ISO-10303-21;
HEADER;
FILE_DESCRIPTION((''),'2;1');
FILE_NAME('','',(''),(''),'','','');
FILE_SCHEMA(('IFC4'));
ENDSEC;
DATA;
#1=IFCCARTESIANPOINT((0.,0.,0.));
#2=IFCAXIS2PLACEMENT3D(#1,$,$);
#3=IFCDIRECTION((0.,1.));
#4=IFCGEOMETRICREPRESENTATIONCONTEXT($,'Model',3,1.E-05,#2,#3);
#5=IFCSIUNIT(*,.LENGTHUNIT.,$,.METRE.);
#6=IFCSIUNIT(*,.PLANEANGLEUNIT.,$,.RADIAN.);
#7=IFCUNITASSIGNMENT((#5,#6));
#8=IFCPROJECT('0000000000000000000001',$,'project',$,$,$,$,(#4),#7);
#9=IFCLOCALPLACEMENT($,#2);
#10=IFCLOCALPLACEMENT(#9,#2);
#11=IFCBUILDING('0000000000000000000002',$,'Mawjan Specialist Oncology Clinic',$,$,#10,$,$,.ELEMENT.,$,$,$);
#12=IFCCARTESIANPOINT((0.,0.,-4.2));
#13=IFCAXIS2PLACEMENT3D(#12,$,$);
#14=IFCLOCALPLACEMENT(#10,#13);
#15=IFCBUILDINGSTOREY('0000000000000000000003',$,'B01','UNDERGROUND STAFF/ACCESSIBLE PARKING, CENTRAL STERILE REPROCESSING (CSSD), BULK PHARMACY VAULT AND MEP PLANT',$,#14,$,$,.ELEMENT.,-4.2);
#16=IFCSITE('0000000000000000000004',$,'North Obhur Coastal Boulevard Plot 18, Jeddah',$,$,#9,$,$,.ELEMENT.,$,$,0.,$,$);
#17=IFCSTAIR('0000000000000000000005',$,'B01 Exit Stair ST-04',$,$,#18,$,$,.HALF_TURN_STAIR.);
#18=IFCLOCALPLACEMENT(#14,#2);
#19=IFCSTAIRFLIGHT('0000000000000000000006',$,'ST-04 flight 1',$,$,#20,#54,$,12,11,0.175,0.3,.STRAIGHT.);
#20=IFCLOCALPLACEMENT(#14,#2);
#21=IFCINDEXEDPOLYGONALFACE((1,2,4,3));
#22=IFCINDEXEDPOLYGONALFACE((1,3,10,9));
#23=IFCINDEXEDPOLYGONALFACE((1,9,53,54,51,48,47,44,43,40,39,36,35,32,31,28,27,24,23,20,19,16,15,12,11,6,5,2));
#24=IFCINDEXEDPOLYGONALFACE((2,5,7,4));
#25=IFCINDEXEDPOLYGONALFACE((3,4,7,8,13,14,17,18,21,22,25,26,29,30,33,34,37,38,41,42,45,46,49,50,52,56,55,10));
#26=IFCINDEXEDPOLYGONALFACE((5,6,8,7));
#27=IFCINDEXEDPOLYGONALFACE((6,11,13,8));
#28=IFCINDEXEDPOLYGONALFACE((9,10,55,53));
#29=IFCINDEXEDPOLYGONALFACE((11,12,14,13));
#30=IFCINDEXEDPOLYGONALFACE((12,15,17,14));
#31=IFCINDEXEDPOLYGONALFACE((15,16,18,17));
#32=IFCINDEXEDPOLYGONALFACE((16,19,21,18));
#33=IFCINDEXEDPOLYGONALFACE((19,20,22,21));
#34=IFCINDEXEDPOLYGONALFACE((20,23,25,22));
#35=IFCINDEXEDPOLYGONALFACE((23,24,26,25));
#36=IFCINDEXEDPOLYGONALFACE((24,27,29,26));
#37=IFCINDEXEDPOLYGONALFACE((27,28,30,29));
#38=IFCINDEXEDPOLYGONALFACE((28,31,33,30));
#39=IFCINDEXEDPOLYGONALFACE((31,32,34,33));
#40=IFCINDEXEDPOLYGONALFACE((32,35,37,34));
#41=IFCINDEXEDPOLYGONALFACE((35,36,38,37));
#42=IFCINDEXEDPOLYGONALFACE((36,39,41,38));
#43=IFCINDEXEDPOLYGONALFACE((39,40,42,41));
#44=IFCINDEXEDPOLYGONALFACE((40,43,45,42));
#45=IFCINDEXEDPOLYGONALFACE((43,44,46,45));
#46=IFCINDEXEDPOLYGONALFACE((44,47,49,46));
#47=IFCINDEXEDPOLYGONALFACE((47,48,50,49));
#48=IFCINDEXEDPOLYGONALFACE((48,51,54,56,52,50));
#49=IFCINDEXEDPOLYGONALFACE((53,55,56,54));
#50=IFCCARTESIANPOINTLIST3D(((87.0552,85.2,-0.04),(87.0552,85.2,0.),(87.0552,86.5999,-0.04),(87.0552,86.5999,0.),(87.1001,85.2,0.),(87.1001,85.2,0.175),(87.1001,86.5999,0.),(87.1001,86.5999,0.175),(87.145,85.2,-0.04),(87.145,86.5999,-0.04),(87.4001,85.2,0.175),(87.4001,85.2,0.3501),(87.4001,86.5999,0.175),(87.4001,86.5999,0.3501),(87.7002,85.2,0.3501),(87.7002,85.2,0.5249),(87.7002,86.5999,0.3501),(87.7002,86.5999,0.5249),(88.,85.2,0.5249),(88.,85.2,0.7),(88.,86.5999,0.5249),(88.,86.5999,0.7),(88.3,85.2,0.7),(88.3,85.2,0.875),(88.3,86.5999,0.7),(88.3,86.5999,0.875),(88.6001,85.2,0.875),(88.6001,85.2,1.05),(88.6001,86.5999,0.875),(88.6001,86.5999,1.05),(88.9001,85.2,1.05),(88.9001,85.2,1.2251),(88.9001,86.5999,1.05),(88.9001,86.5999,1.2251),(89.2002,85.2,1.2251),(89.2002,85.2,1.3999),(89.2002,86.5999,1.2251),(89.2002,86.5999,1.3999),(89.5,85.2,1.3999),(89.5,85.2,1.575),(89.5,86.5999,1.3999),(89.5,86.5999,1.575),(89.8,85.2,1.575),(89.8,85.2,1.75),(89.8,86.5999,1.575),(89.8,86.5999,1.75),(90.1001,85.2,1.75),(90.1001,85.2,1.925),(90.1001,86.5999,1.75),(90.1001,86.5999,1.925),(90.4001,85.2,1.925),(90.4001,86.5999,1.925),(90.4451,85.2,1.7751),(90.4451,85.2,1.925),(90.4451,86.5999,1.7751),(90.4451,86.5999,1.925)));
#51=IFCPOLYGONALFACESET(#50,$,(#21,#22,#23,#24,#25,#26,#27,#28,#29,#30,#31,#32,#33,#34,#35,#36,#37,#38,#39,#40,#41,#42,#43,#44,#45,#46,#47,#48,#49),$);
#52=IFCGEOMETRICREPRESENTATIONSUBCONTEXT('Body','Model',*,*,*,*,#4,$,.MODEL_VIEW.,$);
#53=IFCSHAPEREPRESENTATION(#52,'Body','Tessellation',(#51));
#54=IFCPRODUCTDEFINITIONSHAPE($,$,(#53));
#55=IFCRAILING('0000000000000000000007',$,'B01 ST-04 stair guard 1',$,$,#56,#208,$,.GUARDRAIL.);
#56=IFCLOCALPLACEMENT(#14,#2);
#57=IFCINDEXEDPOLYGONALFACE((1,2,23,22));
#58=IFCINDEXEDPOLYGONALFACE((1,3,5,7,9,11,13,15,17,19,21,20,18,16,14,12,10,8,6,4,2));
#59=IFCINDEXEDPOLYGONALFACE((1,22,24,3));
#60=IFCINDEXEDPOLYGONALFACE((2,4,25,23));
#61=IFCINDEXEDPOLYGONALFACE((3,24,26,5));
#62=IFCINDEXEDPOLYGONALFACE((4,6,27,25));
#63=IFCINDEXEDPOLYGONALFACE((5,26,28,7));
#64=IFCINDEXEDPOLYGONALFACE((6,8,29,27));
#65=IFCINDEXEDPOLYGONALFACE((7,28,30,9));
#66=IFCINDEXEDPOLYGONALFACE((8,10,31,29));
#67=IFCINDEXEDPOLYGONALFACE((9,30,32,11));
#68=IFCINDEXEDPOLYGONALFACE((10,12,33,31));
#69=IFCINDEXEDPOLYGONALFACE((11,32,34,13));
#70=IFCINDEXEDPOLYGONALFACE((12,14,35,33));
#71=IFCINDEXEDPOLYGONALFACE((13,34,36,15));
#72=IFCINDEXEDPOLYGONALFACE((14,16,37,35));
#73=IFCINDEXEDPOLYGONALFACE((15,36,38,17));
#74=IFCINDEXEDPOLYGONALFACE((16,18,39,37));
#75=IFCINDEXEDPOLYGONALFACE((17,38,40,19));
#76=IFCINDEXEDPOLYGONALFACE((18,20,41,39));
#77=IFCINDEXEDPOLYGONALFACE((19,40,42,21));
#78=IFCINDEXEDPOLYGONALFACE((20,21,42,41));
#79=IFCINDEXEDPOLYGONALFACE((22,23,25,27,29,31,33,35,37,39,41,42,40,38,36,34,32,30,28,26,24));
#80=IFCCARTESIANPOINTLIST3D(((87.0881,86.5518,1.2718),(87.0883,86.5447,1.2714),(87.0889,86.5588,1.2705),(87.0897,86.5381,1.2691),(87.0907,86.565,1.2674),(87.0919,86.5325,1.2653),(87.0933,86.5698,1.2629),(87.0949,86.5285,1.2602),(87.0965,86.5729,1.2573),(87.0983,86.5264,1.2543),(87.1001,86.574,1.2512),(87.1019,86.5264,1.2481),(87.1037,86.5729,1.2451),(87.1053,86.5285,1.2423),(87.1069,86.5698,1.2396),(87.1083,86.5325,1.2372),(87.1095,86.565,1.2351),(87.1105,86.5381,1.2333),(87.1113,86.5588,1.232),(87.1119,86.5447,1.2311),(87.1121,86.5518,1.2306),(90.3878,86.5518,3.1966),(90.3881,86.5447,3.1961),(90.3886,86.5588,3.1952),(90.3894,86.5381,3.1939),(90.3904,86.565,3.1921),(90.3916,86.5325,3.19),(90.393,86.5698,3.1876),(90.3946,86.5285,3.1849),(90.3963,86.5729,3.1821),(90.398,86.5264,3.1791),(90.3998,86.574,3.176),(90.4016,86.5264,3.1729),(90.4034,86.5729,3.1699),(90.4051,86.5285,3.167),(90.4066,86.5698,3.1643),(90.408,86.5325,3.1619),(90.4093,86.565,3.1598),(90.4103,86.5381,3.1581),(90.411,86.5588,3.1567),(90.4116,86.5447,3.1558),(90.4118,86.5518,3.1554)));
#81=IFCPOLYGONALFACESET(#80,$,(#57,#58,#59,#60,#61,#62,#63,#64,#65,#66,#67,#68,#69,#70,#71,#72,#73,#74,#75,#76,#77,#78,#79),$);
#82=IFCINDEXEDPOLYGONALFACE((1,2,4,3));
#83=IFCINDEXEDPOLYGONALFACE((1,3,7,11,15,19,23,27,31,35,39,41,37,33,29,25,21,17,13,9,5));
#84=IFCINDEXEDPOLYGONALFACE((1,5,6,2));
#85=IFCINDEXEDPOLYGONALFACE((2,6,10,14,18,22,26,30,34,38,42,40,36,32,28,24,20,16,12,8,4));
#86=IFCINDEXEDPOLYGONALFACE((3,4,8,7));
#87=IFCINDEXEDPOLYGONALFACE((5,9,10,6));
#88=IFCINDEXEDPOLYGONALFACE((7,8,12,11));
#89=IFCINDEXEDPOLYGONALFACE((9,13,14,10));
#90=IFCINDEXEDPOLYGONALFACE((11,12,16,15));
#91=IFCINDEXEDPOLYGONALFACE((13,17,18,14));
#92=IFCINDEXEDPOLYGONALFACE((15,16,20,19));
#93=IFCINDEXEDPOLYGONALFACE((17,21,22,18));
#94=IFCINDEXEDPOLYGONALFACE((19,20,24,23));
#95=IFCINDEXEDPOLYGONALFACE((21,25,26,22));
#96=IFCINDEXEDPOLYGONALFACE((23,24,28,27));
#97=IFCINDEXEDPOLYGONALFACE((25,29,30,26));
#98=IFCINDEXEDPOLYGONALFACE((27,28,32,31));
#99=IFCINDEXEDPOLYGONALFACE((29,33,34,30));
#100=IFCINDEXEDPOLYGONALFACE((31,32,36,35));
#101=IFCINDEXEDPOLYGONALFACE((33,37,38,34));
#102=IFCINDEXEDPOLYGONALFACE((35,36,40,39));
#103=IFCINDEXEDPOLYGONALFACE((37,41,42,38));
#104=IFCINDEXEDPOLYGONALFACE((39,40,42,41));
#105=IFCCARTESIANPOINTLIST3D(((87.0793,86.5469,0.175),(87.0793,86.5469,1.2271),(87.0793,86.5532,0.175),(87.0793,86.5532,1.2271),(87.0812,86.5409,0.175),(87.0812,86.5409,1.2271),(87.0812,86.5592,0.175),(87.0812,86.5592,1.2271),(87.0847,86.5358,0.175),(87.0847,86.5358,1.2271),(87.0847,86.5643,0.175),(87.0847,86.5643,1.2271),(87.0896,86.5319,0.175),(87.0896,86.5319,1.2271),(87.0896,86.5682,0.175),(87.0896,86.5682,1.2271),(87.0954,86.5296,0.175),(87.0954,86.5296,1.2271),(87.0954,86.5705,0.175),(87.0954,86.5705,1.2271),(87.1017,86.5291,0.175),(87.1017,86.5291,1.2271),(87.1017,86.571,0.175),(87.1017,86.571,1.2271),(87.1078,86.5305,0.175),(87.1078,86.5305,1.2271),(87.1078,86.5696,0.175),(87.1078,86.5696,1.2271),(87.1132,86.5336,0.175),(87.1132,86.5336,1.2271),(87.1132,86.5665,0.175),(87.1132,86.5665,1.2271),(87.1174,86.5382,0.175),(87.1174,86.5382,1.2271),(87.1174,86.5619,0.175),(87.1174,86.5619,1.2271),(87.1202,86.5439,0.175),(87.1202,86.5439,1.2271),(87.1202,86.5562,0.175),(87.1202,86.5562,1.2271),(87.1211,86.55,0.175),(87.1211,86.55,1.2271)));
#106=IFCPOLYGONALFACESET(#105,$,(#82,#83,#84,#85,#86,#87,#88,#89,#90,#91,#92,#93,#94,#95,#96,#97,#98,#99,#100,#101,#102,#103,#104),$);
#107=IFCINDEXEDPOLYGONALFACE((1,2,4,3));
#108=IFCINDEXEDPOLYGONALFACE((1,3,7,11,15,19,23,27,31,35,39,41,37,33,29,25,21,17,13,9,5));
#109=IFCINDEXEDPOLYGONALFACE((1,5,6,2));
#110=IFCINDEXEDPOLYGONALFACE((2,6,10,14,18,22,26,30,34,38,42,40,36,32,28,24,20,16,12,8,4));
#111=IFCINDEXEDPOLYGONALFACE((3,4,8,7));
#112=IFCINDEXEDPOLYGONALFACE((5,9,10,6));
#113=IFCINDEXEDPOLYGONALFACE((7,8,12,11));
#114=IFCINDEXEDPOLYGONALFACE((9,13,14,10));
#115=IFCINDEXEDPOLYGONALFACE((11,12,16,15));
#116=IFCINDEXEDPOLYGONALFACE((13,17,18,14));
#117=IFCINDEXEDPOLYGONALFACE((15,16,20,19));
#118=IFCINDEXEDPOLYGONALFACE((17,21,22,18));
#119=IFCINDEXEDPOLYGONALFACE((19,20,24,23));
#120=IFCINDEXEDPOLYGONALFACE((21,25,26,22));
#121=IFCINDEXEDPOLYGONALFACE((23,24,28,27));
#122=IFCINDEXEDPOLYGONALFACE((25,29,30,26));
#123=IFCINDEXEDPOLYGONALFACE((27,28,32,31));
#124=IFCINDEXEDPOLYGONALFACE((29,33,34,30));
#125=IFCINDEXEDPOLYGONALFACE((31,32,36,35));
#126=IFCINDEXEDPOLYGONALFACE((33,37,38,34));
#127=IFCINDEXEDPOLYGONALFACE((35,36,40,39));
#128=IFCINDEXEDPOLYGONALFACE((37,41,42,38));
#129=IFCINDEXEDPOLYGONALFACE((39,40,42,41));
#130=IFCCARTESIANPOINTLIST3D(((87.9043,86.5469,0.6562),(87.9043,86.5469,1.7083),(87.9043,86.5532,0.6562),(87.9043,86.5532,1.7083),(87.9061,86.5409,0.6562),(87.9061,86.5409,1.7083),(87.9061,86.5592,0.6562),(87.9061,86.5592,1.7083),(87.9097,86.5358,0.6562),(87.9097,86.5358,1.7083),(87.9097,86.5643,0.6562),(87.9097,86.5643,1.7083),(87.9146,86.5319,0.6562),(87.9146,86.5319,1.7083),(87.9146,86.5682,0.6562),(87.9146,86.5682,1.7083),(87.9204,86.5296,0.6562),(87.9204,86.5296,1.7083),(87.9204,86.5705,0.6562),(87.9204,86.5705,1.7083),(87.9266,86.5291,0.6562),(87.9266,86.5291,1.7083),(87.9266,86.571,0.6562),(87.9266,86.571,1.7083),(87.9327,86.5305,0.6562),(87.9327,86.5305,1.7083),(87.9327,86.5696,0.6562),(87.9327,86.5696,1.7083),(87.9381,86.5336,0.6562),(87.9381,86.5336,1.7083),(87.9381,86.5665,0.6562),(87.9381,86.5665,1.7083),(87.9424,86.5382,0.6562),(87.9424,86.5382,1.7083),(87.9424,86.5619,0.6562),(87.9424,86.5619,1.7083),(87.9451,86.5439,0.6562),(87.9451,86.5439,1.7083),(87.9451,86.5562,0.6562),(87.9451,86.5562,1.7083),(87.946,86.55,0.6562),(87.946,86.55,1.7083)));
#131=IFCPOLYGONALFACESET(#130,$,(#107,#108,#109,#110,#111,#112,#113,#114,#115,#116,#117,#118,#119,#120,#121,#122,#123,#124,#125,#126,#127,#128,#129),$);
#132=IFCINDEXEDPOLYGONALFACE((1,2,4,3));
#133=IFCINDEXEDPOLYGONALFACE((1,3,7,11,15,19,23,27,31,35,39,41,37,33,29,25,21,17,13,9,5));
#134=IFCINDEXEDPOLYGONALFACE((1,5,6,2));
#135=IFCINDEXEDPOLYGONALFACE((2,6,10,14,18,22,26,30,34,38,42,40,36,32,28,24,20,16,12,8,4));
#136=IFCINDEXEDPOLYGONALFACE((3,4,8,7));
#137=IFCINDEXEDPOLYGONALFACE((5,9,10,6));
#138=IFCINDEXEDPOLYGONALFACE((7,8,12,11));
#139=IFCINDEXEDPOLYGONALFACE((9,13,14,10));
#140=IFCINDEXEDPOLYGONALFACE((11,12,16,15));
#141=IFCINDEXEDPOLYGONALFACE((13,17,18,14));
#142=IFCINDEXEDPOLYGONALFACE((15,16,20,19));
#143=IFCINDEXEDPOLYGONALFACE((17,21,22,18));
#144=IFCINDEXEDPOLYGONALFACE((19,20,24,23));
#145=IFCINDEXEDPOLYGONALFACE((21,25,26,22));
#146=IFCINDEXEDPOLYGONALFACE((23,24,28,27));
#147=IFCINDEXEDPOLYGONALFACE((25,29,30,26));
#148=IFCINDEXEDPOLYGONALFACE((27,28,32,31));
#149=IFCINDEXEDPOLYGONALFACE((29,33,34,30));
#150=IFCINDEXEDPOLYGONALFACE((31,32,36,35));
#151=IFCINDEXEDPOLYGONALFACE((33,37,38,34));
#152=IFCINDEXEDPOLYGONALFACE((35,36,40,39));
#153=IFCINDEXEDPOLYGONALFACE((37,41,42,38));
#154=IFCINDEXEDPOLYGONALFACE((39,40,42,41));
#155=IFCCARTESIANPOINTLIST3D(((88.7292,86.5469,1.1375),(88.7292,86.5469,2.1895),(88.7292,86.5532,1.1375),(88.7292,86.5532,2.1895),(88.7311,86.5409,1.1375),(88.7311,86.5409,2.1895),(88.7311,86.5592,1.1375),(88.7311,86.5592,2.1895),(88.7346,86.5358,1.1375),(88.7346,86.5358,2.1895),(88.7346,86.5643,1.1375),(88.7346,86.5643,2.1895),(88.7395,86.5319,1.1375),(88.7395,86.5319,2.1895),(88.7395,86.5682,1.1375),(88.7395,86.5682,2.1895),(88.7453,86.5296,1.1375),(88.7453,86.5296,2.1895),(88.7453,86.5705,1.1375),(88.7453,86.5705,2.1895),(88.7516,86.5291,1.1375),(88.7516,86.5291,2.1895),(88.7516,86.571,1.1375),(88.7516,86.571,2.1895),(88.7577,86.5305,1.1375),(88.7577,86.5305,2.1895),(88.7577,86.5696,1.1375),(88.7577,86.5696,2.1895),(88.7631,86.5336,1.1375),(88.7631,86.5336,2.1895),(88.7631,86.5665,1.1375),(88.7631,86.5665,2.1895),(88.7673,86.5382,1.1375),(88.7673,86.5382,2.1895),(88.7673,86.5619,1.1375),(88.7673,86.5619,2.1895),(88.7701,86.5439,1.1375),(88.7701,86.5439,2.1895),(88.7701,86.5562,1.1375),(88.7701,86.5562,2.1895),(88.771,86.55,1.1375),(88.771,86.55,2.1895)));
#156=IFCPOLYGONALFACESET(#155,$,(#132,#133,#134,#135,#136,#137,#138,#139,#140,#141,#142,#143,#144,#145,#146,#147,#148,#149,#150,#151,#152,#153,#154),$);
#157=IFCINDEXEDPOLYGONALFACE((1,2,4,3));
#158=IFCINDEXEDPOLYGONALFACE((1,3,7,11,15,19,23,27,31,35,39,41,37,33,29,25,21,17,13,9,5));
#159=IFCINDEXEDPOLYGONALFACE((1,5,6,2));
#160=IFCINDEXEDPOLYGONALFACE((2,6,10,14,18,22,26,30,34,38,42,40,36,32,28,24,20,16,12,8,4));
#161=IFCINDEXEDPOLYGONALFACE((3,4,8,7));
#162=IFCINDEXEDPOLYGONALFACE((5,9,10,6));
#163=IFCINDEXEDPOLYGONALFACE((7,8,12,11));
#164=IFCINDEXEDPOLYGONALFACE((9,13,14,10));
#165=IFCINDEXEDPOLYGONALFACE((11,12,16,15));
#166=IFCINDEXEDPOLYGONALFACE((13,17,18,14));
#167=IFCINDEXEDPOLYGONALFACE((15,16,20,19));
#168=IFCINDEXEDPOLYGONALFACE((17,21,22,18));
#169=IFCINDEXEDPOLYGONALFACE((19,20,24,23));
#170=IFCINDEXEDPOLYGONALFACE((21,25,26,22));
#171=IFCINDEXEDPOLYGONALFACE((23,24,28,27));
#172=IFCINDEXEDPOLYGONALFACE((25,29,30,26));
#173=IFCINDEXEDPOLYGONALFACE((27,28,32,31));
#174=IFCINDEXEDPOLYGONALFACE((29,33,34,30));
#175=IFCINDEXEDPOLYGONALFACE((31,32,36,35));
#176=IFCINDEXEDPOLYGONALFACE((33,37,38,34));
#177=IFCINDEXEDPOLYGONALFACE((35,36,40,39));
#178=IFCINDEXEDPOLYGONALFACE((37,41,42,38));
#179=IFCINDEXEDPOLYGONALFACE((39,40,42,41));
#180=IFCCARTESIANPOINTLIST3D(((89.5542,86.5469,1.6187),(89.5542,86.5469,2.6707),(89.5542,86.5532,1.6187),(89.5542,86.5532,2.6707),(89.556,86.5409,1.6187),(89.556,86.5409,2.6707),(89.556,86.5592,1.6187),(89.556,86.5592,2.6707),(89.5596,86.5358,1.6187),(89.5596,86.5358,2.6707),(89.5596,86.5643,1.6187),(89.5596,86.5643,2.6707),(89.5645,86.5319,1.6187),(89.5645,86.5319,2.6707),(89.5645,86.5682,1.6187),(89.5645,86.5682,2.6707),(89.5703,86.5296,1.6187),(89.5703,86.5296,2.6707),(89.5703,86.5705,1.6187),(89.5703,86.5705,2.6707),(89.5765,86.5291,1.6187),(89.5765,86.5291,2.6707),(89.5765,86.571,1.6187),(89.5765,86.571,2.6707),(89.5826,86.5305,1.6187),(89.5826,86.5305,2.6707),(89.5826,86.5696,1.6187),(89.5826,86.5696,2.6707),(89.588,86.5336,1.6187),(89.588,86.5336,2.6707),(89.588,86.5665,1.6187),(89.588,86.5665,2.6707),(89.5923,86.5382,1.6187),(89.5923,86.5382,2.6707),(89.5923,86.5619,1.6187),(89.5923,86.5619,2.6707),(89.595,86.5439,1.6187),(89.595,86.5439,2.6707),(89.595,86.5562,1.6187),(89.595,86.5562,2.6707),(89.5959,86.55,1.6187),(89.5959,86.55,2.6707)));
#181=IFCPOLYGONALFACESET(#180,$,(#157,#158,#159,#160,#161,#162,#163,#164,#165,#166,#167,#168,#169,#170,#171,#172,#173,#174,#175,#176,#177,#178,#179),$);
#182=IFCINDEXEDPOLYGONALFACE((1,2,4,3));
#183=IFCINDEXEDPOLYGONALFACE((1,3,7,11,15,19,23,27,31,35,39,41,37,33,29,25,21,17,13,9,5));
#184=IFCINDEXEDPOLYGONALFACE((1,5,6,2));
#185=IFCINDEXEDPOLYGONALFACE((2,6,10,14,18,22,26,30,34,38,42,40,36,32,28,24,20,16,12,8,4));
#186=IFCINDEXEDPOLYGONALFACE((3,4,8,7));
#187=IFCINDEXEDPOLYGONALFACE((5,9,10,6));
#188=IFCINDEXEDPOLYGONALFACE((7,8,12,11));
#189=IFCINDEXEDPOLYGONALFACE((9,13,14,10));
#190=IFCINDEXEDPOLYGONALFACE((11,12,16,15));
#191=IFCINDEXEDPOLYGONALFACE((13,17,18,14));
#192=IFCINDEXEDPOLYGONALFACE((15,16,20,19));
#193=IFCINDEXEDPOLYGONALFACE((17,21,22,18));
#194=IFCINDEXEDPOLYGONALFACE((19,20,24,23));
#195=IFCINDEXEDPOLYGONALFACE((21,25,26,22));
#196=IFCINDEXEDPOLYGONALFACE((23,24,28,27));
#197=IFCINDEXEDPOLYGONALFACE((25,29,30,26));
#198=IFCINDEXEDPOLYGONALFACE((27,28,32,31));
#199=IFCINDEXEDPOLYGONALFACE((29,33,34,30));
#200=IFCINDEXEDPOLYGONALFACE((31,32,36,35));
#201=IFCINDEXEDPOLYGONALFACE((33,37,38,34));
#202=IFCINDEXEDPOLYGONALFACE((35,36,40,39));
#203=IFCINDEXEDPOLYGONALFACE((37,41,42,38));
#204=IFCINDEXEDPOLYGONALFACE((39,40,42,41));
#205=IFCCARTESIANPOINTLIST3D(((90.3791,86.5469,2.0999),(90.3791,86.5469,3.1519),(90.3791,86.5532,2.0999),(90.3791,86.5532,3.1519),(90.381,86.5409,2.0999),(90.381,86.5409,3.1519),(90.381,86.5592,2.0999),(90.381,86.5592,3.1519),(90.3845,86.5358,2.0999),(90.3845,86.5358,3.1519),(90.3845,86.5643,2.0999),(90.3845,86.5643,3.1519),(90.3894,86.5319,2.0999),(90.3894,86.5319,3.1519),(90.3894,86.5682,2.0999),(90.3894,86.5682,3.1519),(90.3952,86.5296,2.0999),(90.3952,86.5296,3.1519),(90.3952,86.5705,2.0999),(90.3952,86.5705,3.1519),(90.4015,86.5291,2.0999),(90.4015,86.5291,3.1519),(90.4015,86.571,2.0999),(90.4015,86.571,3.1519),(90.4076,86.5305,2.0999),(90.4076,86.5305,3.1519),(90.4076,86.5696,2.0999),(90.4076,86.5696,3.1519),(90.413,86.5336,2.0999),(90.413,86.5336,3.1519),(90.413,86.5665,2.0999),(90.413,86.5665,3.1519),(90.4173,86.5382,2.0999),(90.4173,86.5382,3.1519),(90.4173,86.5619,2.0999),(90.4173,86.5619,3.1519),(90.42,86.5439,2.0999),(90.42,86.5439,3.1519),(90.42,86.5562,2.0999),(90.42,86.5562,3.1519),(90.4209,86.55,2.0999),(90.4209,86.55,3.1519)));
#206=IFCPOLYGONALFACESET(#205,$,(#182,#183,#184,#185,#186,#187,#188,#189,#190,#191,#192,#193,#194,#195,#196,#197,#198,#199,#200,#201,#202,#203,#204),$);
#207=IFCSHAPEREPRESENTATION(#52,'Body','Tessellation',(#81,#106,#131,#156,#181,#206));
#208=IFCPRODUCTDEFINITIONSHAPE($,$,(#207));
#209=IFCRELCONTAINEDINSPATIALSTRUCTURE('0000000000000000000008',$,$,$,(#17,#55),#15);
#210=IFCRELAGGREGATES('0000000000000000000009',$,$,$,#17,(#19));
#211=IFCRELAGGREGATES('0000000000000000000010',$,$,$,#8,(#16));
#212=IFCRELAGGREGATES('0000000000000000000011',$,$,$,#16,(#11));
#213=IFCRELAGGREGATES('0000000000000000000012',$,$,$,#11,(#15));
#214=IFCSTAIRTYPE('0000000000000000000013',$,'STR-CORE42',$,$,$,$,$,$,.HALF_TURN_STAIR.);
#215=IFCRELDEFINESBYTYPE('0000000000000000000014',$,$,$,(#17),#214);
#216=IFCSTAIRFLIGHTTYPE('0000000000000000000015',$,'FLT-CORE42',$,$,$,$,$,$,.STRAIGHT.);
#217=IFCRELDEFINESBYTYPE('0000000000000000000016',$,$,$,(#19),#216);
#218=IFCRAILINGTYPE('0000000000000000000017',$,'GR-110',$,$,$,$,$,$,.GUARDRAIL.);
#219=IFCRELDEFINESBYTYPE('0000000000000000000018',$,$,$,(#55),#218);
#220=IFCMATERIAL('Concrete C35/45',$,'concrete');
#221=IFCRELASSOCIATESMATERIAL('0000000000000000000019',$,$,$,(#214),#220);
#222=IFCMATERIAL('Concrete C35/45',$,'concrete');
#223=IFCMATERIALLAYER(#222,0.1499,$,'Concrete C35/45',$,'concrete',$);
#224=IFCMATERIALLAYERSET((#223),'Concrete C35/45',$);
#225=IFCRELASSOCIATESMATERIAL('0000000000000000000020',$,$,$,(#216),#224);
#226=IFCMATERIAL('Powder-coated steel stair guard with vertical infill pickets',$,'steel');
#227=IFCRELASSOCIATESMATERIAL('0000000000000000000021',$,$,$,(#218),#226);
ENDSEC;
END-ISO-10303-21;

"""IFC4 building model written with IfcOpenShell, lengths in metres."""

from ifc_helpers import new_model, si_unit, direction, frame, origin, origin_2d, place, context, subcontext, project, spatial, polyline, circle, outline, extrude, material, layer, layer_set, type_object, element, aggregate, save


model = new_model("IFC4")

# Units and contexts
model_context = context("Model", 3, precision=1e-05, world=origin(), true_north=direction((0.0, 1.0)))
body_context = subcontext(model_context, "Body", "Model", "MODEL_VIEW")
ifc_project = project(units=[si_unit("LENGTHUNIT", "METRE"), si_unit("PLANEANGLEUNIT", "RADIAN")], contexts=[model_context])

# Site, building, storey
site_placement = place(None, origin())
site = spatial("IfcSite", under=ifc_project, at=site_placement, Name="North Obhur Coastal Boulevard Plot 18, Jeddah", CompositionType="ELEMENT", RefElevation=0.0)
building_placement = place(site_placement, origin())
building = spatial("IfcBuilding", under=site, at=building_placement, Name="Mawjan Specialist Oncology Clinic", CompositionType="ELEMENT")
storey_placement = place(building_placement, frame((0.0, 0.0, -4.2)))
storey = spatial("IfcBuildingStorey", under=building, at=storey_placement, Name="B01", Description="UNDERGROUND STAFF/ACCESSIBLE PARKING, CENTRAL STERILE REPROCESSING (CSSD), BULK PHARMACY VAULT AND MEP PLANT", CompositionType="ELEMENT", Elevation=-4.2)

# Stair, stair flight
ifc_material_1 = material(Name="Concrete C35/45", Category="concrete")
stair_type = type_object("IfcStairType", Name="STR-CORE42", PredefinedType="HALF_TURN_STAIR", material=ifc_material_1)
stair_placement = place(storey_placement, origin())
stair = element("IfcStair", 1, at=stair_placement, inside=storey, type_object=stair_type, Name="B01 Exit Stair ST-04", PredefinedType="HALF_TURN_STAIR")
ifc_material_2 = material(Name="Concrete C35/45", Category="concrete")
ifc_layer_1 = layer(ifc_material_2, 0.1499, Name="Concrete C35/45", Category="concrete")
ifc_layer_set_1 = layer_set([ifc_layer_1], Name="Concrete C35/45")
stair_flight_type = type_object("IfcStairFlightType", Name="FLT-CORE42", PredefinedType="STRAIGHT", material=ifc_layer_set_1)
stair_flight_placement = place(storey_placement, frame((87.1001, 85.8999, 0.0), z_axis=(0.0, 0.0, 1.0), x_axis=(1.0, 0.0, 0.0)))
stair_flight = element("IfcStairFlight", 2, at=stair_flight_placement, type_object=stair_flight_type, Name="ST-04 flight 1", NumberOfRisers=12, NumberOfTreads=11, PredefinedType="STRAIGHT", RiserHeight=0.175, TreadLength=0.3, context=body_context, shape_type="SweptSolid", body=[
    extrude(outline(polyline([(-0.0449, -0.04), (-0.0449, 0.0), (0.0, 0.0), (0.0, 0.175), (0.3, 0.175), (0.3, 0.3501), (0.6001, 0.3501), (0.6001, 0.5249), (0.8999, 0.5249), (0.8999, 0.7), (1.2, 0.7), (1.2, 0.875), (1.5, 0.875), (1.5, 1.05), (1.8, 1.05), (1.8, 1.2251), (2.1001, 1.2251), (2.1001, 1.3999), (2.3999, 1.3999), (2.3999, 1.575), (2.7, 1.575), (2.7, 1.75), (3.0, 1.75), (3.0, 1.925), (3.3, 1.925), (3.345, 1.925), (3.345, 1.7751), (0.0449, -0.04), (-0.0449, -0.04)])), frame((0.0, 0.7, 0.0), z_axis=(0.0, -1.0, 0.0), x_axis=(1.0, 0.0, 0.0)), (0.0, 0.0, 1.0), 1.3999),
])
aggregate(stair, [stair_flight])

# Railing
ifc_material_3 = material(Name="Powder-coated steel stair guard with vertical infill pickets", Category="steel")
railing_type_1 = type_object("IfcRailingType", Name="GR-110", PredefinedType="GUARDRAIL", material=ifc_material_3)
railing_1_placement = place(storey_placement, frame((87.1001, 86.55, 0.175)))
element("IfcRailing", 3, at=railing_1_placement, inside=storey, type_object=railing_type_1, Name="B01 ST-04 stair guard 1", PredefinedType="GUARDRAIL", context=body_context, shape_type="SweptSolid", body=[
    extrude(circle(Radius=0.0239, at=origin_2d()), frame((0.0, 0.0, 1.0762), z_axis=(0.863788, 0.0, 0.503855), x_axis=(0.0, 1.0, 0.0)), (0.0, 0.0, 1.0), 3.8201),
    extrude(circle(Radius=0.021, at=origin_2d()), origin(), (0.0, 0.0, 1.0), 1.052),
    extrude(circle(Radius=0.021, at=origin_2d()), frame((0.825, 0.0, 0.4812)), (0.0, 0.0, 1.0), 1.052),
    extrude(circle(Radius=0.021, at=origin_2d()), frame((1.6499, 0.0, 0.9624)), (0.0, 0.0, 1.0), 1.052),
    extrude(circle(Radius=0.021, at=origin_2d()), frame((2.4749, 0.0, 1.4436)), (0.0, 0.0, 1.0), 1.052),
    extrude(circle(Radius=0.021, at=origin_2d()), frame((3.2998, 0.0, 1.9248)), (0.0, 0.0, 1.0), 1.052),
])

save(model, "model.ifc")
